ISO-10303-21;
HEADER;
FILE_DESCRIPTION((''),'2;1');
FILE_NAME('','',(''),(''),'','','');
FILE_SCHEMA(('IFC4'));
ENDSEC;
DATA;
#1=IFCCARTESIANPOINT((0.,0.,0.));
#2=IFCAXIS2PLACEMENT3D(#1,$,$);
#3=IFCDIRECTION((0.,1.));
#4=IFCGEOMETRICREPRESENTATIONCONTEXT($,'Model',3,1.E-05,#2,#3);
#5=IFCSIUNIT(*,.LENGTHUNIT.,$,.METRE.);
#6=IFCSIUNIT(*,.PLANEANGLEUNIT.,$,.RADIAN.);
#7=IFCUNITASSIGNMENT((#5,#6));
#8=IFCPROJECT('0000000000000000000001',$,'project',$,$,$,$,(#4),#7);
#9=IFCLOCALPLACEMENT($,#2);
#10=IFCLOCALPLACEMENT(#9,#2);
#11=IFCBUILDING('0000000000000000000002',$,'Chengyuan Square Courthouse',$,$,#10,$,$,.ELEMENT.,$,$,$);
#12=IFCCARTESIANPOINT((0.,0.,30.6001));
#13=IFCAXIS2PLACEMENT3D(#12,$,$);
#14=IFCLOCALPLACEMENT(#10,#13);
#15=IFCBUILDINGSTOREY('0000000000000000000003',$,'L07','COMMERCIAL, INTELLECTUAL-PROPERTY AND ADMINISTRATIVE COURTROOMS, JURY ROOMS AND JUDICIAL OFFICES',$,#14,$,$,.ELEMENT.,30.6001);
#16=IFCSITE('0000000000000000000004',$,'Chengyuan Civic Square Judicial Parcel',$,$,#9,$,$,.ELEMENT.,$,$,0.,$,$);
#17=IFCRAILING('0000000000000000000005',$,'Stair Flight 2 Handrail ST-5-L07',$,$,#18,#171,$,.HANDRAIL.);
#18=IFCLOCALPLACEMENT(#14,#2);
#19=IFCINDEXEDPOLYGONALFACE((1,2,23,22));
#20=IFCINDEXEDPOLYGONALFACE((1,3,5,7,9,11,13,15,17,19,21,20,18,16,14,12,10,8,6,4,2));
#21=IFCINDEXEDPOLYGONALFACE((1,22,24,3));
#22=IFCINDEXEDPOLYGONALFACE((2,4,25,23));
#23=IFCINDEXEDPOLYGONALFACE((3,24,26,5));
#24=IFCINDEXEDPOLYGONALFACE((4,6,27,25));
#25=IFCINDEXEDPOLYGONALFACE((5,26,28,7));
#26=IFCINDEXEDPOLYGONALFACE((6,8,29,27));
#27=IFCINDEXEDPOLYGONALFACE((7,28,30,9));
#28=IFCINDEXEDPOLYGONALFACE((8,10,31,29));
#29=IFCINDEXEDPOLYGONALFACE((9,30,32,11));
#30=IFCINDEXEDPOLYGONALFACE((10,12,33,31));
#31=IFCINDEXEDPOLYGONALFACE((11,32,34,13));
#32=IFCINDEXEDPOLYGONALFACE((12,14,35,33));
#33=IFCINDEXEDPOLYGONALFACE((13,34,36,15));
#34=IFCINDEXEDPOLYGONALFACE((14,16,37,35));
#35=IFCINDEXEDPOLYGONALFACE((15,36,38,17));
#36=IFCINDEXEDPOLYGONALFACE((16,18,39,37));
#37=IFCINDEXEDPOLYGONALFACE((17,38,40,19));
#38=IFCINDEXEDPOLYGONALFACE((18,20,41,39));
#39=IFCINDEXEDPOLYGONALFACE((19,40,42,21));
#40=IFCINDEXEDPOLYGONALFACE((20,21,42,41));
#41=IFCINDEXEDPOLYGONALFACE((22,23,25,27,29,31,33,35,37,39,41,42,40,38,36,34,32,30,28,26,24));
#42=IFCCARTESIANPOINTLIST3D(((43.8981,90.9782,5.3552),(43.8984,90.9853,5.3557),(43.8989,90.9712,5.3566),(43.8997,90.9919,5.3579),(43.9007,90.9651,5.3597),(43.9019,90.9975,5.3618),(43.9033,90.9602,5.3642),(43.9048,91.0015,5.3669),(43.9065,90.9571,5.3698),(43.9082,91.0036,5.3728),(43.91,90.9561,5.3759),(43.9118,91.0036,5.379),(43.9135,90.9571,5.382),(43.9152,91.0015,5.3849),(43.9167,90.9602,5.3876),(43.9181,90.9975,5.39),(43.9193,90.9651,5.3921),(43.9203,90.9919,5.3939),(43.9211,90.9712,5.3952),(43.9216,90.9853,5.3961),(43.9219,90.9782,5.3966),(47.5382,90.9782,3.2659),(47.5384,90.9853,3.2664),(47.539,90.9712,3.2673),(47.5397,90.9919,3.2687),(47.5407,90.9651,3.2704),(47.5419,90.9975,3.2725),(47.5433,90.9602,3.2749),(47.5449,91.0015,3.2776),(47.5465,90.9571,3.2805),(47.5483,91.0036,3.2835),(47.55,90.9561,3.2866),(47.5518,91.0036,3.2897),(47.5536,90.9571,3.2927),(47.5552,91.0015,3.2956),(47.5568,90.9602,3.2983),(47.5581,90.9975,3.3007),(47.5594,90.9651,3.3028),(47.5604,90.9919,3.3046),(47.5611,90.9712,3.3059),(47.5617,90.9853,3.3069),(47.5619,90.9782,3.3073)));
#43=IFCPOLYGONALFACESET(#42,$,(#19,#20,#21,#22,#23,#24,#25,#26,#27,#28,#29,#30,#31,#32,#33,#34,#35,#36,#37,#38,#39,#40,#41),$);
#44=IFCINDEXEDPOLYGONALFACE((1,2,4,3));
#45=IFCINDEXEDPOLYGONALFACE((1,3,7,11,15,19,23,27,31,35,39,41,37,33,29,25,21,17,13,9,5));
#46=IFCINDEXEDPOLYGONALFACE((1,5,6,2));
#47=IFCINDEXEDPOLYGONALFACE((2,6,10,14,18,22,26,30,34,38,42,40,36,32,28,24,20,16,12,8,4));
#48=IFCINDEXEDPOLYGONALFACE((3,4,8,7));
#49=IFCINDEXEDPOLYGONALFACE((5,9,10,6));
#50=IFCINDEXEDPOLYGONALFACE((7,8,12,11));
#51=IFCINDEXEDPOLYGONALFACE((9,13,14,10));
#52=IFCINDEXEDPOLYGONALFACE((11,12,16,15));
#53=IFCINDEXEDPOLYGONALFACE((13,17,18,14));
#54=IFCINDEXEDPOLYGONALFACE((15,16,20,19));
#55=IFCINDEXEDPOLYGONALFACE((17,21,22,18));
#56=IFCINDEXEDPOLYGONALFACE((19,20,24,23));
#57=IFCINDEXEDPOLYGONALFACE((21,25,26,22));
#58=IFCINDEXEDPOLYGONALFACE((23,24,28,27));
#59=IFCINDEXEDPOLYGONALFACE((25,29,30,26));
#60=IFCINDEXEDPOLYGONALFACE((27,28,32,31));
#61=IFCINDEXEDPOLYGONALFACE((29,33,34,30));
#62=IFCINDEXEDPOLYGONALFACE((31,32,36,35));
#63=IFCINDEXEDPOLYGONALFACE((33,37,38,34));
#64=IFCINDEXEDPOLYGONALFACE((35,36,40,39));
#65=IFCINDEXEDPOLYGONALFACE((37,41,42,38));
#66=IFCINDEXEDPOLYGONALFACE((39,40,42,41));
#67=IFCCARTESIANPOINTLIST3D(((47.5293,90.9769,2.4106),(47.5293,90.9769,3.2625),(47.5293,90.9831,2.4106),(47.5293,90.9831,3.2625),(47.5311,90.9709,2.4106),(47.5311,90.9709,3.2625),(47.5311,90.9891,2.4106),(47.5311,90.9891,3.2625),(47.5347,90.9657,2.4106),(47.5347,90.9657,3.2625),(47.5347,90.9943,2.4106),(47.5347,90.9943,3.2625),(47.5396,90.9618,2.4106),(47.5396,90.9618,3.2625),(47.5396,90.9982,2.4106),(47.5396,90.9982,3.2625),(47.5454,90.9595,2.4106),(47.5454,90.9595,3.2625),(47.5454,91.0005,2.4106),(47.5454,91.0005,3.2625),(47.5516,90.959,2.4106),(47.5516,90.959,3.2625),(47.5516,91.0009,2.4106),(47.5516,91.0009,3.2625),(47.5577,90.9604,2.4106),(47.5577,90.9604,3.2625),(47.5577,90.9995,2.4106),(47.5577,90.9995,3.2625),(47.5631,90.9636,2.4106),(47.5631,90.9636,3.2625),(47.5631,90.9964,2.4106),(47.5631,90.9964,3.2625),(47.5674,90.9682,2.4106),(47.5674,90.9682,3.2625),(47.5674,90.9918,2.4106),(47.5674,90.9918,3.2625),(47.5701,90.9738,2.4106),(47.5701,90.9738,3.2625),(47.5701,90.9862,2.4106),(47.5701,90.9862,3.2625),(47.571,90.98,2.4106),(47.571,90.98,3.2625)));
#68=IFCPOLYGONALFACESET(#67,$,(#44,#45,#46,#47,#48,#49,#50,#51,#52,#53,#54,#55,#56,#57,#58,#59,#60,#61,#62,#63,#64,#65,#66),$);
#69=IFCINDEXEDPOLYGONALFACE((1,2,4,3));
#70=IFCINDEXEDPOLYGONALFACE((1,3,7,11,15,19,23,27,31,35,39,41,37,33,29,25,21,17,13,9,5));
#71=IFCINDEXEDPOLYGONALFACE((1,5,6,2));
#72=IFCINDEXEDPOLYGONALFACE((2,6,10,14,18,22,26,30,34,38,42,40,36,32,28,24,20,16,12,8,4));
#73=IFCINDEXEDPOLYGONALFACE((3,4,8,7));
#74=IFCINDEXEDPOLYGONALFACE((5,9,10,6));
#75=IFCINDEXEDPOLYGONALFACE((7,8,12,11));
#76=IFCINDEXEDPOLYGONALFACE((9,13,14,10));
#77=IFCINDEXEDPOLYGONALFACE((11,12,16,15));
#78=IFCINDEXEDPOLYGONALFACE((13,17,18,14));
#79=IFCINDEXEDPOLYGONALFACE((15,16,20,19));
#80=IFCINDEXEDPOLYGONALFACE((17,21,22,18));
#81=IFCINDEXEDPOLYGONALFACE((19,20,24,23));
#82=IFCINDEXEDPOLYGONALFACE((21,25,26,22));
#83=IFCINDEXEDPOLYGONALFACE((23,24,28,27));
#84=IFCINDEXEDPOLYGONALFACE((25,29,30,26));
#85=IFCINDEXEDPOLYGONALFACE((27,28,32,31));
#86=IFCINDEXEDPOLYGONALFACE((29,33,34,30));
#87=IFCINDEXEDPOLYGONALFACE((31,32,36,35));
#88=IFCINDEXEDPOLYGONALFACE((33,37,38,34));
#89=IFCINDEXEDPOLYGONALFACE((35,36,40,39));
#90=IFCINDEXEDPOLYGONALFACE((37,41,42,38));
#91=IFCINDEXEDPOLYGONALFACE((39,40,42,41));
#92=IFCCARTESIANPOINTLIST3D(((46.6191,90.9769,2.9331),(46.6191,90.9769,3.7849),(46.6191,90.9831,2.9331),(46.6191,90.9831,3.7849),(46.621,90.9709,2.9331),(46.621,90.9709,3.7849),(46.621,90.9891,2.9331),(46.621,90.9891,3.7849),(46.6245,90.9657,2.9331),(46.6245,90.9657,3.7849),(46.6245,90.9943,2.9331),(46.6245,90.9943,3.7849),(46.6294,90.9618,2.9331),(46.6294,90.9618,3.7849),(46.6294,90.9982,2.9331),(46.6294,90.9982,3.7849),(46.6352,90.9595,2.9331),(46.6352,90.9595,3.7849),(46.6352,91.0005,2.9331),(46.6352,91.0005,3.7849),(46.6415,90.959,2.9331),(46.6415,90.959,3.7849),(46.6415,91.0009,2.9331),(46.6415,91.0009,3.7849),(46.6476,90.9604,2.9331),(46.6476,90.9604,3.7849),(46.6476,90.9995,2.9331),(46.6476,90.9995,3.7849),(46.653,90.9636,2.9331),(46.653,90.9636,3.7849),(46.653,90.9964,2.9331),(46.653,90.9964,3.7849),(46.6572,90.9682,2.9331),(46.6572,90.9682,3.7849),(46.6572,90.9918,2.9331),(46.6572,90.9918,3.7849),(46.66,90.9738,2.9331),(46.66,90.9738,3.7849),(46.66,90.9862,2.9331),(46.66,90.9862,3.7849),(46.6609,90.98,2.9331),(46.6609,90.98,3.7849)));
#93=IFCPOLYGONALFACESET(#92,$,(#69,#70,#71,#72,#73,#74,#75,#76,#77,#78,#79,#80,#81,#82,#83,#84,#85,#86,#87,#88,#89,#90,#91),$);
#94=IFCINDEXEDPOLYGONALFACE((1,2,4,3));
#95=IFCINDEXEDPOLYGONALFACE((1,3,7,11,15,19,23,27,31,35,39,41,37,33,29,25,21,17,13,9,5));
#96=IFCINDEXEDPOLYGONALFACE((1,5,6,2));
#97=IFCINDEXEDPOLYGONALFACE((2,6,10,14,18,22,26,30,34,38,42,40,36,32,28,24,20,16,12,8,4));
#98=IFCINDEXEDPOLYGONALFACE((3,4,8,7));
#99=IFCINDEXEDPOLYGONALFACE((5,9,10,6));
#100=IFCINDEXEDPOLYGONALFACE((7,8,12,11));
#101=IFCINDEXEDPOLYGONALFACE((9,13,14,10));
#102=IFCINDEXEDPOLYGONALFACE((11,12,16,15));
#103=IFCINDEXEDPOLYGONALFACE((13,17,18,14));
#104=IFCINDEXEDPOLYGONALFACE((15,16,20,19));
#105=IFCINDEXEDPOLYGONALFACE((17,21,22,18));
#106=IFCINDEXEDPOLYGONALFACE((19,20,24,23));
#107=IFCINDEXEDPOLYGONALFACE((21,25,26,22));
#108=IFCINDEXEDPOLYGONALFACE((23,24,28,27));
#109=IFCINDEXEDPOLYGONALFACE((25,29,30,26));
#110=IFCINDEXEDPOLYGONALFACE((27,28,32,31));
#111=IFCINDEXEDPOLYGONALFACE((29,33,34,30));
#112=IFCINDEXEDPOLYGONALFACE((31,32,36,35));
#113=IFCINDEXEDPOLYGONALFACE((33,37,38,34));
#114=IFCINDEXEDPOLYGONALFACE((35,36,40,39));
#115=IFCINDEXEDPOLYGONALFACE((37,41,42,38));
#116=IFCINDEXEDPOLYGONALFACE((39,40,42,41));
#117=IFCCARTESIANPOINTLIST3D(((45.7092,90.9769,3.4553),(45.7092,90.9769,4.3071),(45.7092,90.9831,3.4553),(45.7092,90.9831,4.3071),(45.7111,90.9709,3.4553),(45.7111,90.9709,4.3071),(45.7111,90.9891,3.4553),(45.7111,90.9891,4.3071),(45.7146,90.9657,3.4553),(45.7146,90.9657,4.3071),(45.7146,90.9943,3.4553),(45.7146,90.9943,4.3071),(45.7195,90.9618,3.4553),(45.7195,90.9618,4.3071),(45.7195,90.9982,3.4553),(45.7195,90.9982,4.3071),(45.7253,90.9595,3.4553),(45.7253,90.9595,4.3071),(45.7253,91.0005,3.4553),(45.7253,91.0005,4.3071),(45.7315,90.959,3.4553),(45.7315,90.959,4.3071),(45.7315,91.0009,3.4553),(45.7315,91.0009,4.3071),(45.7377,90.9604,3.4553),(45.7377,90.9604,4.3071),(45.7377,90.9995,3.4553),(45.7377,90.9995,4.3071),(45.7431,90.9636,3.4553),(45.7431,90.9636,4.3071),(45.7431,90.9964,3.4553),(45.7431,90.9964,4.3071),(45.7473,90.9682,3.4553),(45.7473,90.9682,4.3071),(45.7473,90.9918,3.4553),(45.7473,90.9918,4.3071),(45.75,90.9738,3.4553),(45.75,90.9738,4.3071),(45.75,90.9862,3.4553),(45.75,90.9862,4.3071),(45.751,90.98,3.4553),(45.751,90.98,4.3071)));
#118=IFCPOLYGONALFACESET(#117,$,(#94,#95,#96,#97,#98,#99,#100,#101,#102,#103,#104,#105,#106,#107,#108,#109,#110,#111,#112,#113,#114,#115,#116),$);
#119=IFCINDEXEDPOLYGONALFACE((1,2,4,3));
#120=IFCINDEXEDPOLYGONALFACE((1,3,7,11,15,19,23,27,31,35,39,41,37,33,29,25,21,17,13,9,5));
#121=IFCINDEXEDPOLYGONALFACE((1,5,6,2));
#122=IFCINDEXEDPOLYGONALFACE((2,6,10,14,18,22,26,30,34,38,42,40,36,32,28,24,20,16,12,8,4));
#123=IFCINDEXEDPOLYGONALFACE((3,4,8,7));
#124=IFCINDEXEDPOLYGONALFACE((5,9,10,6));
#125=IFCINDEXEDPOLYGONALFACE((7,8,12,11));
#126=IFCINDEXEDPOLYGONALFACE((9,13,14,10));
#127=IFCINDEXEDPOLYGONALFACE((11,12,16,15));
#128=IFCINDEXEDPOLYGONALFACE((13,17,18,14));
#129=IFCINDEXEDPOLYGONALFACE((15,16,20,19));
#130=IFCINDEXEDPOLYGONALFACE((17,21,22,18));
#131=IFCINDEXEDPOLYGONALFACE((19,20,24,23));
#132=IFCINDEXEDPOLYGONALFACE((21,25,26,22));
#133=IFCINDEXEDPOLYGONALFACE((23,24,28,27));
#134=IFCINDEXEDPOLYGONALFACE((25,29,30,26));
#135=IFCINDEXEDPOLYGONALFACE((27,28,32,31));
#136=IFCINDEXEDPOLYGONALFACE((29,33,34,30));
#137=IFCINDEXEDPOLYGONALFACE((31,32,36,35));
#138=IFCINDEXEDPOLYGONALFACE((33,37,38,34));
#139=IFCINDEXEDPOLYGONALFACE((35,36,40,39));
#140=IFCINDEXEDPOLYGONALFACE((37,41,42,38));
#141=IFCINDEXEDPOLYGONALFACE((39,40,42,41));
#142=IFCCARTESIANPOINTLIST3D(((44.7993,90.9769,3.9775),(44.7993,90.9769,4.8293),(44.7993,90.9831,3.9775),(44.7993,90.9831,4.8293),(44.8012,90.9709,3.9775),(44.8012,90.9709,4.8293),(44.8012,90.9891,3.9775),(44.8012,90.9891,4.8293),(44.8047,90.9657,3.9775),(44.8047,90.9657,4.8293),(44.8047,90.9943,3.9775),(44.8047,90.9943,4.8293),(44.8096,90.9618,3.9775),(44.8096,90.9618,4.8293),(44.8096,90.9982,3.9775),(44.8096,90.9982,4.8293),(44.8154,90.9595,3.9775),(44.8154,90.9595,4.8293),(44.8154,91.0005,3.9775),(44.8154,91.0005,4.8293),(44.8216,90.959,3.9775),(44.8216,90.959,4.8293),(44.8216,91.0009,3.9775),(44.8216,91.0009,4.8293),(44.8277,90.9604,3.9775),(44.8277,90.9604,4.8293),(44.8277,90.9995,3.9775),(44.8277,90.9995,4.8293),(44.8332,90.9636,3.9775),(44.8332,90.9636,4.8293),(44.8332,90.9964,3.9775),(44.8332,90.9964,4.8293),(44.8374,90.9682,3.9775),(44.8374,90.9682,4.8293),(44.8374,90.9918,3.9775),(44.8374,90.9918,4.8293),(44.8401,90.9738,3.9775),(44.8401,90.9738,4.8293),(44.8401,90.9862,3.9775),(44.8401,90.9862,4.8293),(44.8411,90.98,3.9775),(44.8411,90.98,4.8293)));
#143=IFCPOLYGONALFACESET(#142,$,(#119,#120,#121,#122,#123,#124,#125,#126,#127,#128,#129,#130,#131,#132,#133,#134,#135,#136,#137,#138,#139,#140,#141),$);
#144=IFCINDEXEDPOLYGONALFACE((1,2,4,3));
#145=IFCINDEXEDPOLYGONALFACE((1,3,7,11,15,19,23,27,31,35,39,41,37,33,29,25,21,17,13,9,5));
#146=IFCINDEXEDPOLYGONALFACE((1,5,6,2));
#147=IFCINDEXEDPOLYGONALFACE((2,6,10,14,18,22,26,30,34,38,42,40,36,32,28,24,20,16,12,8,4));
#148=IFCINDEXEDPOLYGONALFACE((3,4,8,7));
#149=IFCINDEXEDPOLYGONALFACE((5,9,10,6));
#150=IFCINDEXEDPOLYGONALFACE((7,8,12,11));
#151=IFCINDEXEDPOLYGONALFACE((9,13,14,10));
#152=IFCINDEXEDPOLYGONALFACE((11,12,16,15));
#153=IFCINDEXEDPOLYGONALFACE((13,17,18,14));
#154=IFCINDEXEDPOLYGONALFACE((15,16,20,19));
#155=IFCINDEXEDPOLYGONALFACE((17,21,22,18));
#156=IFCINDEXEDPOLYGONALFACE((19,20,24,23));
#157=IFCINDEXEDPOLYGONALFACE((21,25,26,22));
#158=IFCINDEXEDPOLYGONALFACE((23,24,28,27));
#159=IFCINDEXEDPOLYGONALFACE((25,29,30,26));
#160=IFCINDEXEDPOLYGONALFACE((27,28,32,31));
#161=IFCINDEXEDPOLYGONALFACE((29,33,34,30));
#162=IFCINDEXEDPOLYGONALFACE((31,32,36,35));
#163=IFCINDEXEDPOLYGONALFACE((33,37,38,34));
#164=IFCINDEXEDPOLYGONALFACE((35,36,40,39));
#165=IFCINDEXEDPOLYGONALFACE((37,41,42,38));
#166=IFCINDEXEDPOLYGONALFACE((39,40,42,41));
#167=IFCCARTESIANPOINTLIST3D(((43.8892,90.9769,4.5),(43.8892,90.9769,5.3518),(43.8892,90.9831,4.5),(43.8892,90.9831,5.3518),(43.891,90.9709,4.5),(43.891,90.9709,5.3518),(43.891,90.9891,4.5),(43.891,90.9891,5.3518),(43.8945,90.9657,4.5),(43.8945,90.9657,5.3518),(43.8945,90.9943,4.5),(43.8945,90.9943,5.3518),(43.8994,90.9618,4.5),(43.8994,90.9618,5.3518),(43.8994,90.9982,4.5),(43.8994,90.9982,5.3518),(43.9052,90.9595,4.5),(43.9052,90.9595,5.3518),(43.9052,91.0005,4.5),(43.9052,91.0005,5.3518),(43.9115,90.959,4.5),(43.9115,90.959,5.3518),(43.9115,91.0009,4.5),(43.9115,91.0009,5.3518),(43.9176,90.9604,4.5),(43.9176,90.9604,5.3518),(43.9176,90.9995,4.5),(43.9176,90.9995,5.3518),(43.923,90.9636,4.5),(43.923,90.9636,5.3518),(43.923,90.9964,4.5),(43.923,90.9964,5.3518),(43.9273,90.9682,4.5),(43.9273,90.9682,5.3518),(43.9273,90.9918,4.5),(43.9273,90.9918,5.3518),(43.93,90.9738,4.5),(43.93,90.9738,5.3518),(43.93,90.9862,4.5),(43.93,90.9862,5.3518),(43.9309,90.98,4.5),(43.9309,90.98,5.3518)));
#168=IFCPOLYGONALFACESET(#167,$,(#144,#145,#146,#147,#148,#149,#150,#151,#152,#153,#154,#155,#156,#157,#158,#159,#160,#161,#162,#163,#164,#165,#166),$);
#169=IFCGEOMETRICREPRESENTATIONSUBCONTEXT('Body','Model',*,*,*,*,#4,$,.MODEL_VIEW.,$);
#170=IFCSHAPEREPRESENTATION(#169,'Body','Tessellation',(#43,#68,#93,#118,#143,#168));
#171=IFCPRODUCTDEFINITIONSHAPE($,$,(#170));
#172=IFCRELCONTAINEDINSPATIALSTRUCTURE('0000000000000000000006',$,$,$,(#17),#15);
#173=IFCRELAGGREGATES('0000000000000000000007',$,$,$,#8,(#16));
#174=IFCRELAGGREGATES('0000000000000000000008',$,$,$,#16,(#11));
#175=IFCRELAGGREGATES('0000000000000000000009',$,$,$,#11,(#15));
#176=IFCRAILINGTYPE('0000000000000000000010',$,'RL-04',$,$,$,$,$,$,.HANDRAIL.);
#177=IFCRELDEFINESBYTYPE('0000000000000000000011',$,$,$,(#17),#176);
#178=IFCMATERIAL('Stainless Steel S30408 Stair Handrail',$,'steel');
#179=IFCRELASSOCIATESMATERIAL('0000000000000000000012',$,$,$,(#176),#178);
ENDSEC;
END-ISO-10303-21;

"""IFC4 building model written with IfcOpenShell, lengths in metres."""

from ifc_helpers import new_model, si_unit, direction, frame, origin, origin_2d, place, context, subcontext, project, spatial, circle, extrude, material, type_object, element, save


model = new_model("IFC4")

# Units and contexts
model_context = context("Model", 3, precision=1e-05, world=origin(), true_north=direction((0.0, 1.0)))
body_context = subcontext(model_context, "Body", "Model", "MODEL_VIEW")
ifc_project = project(units=[si_unit("LENGTHUNIT", "METRE"), si_unit("PLANEANGLEUNIT", "RADIAN")], contexts=[model_context])

# Site, building, storey
site_placement = place(None, origin())
site = spatial("IfcSite", under=ifc_project, at=site_placement, Name="Chengyuan Civic Square Judicial Parcel", CompositionType="ELEMENT", RefElevation=0.0)
building_placement = place(site_placement, origin())
building = spatial("IfcBuilding", under=site, at=building_placement, Name="Chengyuan Square Courthouse", CompositionType="ELEMENT")
storey_placement = place(building_placement, frame((0.0, 0.0, 30.6001)))
storey = spatial("IfcBuildingStorey", under=building, at=storey_placement, Name="L07", Description="COMMERCIAL, INTELLECTUAL-PROPERTY AND ADMINISTRATIVE COURTROOMS, JURY ROOMS AND JUDICIAL OFFICES", CompositionType="ELEMENT", Elevation=30.6001)

# Railing
ifc_material_1 = material(Name="Stainless Steel S30408 Stair Handrail", Category="steel")
railing_type_1 = type_object("IfcRailingType", Name="RL-04", PredefinedType="HANDRAIL", material=ifc_material_1)
railing_1_placement = place(storey_placement, frame((47.55, 90.98, 2.4106)))
element("IfcRailing", 1, at=railing_1_placement, inside=storey, type_object=railing_type_1, Name="Stair Flight 2 Handrail ST-5-L07", PredefinedType="HANDRAIL", context=body_context, shape_type="SweptSolid", body=[
    extrude(circle(Radius=0.0239, at=origin_2d()), frame((0.0, 0.0, 0.876), z_axis=(-0.867289, 0.0, 0.497804), x_axis=(0.0, -1.0, 0.0)), (0.0, 0.0, 1.0), 4.197),
    extrude(circle(Radius=0.021, at=origin_2d()), origin(), (0.0, 0.0, 1.0), 0.8518),
    extrude(circle(Radius=0.021, at=origin_2d()), frame((-0.9102, 0.0, 0.5225)), (0.0, 0.0, 1.0), 0.8518),
    extrude(circle(Radius=0.021, at=origin_2d()), frame((-1.8201, 0.0, 1.0447)), (0.0, 0.0, 1.0), 0.8518),
    extrude(circle(Radius=0.021, at=origin_2d()), frame((-2.73, 0.0, 1.5669)), (0.0, 0.0, 1.0), 0.8518),
    extrude(circle(Radius=0.021, at=origin_2d()), frame((-3.6401, 0.0, 2.0894)), (0.0, 0.0, 1.0), 0.8518),
])

save(model, "model.ifc")
